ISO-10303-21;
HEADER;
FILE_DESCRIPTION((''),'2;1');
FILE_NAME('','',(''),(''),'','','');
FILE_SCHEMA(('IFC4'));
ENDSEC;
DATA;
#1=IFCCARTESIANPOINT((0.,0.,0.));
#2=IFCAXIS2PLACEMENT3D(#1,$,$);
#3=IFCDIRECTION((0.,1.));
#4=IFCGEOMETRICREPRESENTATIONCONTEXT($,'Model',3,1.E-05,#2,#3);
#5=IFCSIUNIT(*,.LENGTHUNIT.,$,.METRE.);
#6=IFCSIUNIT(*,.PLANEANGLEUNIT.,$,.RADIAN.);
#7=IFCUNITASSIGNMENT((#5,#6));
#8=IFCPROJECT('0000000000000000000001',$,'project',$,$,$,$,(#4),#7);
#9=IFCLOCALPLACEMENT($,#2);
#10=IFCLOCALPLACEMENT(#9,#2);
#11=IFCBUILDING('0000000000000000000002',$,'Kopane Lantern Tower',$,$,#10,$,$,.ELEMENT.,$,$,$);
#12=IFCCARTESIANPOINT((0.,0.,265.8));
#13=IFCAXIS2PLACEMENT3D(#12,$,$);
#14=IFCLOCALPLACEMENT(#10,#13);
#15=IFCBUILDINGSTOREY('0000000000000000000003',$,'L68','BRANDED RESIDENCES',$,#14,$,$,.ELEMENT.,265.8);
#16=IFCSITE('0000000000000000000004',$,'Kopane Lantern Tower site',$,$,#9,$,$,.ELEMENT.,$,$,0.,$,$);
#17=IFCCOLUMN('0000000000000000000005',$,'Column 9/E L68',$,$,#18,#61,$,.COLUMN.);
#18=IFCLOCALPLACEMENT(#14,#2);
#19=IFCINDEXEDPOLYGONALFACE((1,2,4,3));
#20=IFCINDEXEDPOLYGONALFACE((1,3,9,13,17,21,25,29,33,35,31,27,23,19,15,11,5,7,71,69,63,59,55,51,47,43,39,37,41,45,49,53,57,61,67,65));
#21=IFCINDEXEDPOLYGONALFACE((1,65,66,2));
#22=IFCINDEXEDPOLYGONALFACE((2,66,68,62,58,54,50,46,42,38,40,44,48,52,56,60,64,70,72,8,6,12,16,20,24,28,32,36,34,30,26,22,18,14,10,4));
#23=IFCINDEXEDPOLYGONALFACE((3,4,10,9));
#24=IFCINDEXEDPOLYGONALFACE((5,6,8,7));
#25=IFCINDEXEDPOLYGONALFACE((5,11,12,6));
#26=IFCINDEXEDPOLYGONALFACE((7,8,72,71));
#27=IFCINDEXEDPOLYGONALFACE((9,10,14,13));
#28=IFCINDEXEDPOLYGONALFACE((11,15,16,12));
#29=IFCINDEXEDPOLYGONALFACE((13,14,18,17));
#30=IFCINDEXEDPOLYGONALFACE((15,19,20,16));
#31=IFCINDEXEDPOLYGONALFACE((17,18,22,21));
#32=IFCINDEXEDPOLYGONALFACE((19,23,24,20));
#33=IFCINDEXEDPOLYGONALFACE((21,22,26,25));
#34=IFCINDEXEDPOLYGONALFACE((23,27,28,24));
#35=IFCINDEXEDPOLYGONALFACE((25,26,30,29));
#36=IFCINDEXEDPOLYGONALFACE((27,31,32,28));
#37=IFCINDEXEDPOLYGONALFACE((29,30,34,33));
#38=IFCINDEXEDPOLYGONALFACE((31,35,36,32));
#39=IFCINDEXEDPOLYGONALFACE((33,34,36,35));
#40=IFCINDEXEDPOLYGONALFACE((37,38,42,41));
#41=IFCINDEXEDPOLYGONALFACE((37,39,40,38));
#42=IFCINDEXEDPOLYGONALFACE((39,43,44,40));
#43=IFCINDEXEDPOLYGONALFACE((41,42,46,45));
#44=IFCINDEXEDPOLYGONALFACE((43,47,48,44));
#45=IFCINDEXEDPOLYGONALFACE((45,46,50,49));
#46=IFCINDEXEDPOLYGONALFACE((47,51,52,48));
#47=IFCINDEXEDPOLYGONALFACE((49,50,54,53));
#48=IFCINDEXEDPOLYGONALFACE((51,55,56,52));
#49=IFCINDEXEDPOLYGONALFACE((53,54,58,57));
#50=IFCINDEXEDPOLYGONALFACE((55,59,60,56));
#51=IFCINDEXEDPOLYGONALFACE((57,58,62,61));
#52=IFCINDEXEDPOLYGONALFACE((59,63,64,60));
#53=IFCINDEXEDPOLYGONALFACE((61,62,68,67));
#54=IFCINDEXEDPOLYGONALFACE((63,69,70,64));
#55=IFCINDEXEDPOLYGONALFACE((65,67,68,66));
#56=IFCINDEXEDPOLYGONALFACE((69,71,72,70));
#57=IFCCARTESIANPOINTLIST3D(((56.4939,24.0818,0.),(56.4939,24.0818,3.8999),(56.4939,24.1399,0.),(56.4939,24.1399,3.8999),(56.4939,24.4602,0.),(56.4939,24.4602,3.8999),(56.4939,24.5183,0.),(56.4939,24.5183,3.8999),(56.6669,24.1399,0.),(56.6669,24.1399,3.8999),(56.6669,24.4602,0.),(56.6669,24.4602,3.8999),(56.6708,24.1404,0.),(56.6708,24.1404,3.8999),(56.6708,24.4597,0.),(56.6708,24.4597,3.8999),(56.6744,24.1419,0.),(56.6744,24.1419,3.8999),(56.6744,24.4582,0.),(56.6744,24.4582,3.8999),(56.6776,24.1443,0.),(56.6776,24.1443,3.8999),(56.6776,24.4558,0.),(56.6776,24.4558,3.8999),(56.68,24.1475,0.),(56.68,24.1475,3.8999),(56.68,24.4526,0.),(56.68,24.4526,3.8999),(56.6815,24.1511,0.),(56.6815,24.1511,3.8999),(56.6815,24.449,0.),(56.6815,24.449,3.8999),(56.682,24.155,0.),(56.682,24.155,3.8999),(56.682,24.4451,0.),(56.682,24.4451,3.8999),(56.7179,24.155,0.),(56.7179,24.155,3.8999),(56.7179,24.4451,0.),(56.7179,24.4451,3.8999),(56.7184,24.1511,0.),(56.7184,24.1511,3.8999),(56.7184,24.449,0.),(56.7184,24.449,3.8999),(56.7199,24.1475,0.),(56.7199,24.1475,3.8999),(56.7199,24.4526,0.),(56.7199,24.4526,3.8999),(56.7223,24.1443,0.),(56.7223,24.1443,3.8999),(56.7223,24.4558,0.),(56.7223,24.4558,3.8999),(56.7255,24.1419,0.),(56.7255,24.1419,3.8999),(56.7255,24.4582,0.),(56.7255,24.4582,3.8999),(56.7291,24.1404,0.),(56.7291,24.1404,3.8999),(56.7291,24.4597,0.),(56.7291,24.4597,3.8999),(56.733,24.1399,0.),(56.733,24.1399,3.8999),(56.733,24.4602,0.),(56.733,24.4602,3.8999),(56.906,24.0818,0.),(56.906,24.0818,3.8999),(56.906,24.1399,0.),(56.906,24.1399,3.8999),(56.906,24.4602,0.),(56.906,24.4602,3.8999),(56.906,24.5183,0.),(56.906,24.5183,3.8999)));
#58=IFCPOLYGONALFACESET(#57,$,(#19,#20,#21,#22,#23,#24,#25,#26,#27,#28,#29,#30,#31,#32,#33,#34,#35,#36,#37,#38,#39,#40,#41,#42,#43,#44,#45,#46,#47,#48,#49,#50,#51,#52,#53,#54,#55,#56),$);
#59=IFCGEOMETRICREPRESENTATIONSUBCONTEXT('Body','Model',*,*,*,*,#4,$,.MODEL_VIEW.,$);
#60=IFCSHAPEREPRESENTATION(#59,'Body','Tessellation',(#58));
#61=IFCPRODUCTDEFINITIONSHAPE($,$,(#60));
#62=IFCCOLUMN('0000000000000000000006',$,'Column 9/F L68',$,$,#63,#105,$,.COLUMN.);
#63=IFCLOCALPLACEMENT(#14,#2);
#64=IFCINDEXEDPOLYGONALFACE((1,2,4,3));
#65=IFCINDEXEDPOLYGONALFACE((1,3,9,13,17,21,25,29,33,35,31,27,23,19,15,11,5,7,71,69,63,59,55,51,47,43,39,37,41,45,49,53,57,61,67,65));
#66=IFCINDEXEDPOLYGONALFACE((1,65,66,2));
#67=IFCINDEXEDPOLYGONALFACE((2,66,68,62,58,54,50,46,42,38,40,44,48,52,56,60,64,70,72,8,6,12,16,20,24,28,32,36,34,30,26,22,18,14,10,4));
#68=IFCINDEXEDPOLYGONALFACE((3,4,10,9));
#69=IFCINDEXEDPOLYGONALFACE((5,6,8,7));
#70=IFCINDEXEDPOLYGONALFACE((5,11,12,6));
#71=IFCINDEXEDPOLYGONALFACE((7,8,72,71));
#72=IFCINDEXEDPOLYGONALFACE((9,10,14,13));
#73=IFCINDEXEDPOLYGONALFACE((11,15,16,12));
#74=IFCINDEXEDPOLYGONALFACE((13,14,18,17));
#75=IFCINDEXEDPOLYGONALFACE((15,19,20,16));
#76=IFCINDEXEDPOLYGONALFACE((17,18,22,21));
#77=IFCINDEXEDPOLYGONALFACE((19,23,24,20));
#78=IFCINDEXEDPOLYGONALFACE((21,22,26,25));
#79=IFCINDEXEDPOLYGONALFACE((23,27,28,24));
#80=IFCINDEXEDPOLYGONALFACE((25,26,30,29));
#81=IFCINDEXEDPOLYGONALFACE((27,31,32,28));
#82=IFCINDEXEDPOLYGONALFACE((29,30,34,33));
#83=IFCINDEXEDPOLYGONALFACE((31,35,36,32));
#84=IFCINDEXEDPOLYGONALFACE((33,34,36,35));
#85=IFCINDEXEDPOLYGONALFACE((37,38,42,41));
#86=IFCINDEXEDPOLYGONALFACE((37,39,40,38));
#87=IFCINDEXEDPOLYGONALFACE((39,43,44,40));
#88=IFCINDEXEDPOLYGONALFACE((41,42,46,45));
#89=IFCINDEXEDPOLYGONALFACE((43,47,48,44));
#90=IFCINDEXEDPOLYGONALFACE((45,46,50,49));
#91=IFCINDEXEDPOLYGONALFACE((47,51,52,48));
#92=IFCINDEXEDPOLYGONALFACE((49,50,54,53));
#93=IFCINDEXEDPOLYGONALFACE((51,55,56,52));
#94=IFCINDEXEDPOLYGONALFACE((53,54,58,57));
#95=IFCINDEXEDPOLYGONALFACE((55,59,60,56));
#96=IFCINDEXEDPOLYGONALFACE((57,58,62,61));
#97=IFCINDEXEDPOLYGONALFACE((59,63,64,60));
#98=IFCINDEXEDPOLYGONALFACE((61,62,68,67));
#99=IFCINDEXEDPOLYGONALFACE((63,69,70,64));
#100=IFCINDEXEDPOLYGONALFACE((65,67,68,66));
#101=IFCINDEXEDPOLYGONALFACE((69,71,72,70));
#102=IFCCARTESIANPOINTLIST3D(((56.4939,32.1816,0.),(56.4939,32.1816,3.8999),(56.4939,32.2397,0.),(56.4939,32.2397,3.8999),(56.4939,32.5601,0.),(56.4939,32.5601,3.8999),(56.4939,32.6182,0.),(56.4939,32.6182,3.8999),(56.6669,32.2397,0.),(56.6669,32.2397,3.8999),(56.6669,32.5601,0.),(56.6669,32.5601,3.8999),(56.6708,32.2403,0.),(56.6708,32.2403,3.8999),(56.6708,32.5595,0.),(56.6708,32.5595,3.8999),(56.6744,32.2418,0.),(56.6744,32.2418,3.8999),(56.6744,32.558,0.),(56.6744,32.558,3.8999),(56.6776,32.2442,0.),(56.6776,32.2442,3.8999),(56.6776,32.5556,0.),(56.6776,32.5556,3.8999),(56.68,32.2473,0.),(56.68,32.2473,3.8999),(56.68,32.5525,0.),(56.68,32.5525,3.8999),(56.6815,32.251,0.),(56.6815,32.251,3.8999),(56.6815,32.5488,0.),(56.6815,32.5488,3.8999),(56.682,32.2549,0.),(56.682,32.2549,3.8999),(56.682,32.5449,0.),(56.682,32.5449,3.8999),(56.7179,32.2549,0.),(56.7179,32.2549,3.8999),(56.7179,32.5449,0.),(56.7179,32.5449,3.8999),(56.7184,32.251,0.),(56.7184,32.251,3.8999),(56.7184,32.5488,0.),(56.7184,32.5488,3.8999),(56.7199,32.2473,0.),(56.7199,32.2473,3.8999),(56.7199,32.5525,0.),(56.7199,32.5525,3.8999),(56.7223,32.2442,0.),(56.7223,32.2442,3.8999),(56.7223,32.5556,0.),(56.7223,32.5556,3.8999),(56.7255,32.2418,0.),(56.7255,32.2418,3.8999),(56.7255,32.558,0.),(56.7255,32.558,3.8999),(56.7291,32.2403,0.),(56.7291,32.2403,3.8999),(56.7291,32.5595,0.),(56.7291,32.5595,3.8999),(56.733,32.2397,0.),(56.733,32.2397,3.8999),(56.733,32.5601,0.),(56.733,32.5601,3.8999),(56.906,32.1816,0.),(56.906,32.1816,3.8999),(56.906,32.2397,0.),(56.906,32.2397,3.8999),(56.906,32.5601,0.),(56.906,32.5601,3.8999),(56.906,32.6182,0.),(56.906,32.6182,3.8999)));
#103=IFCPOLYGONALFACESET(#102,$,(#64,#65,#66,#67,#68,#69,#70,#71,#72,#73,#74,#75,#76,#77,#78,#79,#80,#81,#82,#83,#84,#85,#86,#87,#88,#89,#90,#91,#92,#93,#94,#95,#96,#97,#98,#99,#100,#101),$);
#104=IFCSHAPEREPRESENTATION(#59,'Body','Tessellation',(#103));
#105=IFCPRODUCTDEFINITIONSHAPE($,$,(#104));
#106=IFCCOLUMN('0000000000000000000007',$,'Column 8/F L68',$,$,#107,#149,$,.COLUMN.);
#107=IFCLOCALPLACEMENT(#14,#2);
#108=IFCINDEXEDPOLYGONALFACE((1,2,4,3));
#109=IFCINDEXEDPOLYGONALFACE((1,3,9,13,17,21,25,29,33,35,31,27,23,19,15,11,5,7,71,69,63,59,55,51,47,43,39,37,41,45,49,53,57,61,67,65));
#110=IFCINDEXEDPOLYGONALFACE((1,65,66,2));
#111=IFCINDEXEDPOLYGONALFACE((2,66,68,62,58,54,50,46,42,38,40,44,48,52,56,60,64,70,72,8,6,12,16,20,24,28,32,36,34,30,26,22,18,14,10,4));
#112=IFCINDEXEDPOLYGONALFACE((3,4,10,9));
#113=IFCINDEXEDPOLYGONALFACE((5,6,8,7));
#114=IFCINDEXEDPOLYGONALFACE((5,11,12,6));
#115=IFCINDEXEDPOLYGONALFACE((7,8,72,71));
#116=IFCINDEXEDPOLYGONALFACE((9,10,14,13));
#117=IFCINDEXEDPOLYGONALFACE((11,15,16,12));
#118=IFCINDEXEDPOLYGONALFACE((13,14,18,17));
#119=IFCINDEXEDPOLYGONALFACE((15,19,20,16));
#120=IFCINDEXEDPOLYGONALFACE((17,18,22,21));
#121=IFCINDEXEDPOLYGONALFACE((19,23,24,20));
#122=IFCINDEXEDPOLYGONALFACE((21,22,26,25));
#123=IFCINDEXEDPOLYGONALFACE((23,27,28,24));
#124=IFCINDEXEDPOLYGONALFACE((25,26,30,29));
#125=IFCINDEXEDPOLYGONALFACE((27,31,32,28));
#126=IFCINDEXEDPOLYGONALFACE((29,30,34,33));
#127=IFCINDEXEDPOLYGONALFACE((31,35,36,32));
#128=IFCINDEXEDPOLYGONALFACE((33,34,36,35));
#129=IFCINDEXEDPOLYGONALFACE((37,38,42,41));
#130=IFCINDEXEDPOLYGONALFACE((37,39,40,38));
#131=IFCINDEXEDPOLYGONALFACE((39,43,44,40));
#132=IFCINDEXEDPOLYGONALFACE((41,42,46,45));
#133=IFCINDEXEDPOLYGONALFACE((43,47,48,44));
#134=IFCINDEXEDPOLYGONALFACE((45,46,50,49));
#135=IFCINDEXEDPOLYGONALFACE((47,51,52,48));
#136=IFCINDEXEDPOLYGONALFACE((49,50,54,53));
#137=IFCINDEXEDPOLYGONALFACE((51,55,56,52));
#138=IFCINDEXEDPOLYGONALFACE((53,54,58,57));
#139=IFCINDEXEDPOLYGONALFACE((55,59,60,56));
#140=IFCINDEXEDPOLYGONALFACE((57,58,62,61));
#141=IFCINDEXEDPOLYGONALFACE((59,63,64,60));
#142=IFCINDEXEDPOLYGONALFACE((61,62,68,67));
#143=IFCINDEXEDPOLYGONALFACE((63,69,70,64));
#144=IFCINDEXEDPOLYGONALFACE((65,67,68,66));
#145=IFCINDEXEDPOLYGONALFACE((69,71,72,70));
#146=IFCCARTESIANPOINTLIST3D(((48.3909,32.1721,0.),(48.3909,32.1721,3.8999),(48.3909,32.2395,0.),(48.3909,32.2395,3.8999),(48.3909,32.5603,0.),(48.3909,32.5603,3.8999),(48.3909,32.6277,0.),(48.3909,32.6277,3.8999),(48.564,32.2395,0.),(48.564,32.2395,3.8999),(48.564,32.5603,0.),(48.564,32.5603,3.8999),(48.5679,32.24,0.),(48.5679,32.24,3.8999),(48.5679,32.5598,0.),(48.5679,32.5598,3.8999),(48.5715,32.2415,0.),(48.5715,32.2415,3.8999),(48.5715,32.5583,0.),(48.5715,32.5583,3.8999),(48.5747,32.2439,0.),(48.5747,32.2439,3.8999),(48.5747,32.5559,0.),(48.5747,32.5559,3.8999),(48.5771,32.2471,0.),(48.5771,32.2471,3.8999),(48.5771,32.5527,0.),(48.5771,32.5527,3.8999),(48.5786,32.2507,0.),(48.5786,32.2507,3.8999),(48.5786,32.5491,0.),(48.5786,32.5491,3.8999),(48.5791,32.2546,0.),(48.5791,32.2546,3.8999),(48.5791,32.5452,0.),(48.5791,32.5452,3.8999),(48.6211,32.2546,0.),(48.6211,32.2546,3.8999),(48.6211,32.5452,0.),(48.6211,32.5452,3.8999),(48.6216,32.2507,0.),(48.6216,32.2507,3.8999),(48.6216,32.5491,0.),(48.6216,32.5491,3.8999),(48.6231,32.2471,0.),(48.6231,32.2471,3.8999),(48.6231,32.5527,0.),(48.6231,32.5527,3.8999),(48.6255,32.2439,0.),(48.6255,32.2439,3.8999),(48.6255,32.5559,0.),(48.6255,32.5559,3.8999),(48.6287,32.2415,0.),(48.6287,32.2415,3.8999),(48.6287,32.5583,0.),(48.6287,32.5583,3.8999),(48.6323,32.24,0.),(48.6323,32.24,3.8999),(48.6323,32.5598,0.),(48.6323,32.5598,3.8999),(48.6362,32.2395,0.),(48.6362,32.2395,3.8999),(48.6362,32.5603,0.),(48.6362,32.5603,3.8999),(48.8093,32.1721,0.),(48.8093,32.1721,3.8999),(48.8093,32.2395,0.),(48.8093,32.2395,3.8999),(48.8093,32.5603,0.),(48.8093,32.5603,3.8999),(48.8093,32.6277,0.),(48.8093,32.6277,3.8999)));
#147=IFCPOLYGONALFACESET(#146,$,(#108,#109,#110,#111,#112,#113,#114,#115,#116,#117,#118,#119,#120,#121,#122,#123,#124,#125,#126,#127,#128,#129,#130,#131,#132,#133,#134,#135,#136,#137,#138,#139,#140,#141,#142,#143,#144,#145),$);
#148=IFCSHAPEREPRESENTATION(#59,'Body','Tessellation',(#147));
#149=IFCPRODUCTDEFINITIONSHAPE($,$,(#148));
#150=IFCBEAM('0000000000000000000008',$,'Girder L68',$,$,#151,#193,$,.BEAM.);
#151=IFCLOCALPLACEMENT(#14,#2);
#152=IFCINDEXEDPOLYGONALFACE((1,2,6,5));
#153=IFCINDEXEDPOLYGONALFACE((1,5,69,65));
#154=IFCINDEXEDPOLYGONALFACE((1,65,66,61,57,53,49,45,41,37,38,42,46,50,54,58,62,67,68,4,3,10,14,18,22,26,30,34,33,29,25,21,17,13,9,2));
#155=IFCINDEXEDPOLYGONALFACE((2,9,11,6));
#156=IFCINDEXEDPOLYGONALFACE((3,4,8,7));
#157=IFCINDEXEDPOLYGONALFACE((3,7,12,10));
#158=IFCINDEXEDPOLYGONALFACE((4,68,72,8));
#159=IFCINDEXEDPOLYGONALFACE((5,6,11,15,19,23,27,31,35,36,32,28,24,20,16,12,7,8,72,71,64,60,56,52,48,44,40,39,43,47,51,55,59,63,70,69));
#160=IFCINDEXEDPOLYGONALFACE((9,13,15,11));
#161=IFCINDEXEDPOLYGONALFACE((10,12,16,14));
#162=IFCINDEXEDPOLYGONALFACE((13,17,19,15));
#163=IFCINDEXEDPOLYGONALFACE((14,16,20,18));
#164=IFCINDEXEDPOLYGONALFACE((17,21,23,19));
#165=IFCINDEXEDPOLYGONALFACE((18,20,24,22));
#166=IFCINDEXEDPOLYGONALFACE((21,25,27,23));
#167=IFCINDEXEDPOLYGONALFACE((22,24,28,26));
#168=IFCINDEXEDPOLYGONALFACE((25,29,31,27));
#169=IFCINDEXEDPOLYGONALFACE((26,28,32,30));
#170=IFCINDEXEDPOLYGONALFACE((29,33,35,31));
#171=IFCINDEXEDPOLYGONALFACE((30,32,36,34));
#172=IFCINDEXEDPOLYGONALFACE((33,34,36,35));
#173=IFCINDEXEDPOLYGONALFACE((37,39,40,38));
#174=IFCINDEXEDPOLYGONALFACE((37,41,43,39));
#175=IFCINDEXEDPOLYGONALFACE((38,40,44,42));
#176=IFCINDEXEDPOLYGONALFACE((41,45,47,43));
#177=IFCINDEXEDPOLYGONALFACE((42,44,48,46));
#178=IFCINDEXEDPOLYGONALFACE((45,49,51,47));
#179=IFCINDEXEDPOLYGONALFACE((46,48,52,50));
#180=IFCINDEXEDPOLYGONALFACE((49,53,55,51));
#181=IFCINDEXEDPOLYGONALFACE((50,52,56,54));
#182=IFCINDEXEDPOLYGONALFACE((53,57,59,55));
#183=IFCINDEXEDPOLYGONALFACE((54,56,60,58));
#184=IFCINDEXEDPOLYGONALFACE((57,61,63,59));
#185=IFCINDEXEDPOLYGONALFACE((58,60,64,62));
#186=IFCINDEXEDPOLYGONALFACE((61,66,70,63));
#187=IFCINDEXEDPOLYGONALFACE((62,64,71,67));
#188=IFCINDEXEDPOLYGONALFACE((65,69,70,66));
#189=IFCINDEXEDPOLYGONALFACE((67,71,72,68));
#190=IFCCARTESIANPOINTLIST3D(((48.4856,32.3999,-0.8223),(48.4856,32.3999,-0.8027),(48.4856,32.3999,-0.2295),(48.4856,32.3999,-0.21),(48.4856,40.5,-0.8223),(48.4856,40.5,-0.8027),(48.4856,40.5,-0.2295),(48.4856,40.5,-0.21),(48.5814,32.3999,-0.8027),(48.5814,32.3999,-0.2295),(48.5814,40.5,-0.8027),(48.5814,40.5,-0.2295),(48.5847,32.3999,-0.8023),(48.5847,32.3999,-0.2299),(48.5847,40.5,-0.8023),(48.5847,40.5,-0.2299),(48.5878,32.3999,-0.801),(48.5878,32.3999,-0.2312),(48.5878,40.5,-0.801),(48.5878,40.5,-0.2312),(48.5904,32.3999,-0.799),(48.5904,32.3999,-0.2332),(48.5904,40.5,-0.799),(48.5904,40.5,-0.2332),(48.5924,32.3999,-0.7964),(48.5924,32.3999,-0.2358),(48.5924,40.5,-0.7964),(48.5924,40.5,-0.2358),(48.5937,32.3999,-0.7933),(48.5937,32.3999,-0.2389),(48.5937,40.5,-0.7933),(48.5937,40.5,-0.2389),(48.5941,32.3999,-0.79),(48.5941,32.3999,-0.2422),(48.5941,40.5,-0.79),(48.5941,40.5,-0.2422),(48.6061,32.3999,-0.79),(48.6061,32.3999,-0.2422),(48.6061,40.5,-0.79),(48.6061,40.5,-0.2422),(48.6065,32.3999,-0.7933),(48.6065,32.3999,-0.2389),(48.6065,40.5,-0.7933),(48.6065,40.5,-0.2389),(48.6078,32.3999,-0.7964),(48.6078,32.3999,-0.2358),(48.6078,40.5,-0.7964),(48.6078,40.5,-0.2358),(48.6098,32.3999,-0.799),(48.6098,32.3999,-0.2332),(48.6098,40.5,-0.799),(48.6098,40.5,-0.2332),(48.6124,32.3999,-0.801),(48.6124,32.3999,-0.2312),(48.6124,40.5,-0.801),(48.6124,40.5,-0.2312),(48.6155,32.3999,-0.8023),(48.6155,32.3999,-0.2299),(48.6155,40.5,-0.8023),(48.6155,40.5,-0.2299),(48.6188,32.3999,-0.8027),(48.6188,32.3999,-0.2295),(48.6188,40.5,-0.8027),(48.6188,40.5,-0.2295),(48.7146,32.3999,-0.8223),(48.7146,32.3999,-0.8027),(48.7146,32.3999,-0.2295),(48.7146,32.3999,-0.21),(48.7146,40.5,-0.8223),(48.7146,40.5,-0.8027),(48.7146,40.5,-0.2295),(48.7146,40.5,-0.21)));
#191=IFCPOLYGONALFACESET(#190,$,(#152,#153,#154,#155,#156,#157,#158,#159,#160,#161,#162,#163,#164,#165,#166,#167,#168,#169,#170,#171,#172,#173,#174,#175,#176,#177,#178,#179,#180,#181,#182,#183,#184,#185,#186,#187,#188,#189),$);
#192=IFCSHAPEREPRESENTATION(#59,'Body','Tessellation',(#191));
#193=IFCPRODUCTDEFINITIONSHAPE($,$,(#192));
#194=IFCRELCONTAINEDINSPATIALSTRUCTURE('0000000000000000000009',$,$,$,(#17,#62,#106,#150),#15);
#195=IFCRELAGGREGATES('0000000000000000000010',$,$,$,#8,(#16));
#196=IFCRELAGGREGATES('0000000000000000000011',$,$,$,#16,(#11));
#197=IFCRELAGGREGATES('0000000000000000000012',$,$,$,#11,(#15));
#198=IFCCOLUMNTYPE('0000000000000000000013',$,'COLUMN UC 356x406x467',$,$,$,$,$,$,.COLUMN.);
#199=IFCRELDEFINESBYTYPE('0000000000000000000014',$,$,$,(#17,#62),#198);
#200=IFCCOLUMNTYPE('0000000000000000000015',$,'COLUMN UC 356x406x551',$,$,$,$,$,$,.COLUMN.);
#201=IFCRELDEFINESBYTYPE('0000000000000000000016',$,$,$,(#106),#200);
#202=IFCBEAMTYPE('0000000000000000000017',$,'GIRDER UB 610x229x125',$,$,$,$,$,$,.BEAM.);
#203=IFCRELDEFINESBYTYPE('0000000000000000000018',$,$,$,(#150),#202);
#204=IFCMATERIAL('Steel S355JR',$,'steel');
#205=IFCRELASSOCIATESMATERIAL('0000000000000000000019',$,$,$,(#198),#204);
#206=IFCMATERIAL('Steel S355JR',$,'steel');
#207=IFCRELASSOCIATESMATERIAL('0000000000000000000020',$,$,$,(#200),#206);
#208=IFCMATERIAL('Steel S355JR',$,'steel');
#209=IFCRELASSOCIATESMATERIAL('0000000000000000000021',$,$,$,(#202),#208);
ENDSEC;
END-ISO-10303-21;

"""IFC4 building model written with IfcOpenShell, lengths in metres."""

from ifc_helpers import new_model, si_unit, direction, frame, origin, origin_2d, place, context, subcontext, project, spatial, i_section, extrude, material, material_profile, profile_set, type_object, element, save


model = new_model("IFC4")

# Units and contexts
model_context = context("Model", 3, precision=1e-05, world=origin(), true_north=direction((0.0, 1.0)))
body_context = subcontext(model_context, "Body", "Model", "MODEL_VIEW")
ifc_project = project(units=[si_unit("LENGTHUNIT", "METRE"), si_unit("PLANEANGLEUNIT", "RADIAN")], contexts=[model_context])

# Site, building, storey
site_placement = place(None, origin())
site = spatial("IfcSite", under=ifc_project, at=site_placement, Name="Kopane Lantern Tower site", CompositionType="ELEMENT", RefElevation=0.0)
building_placement = place(site_placement, origin())
building = spatial("IfcBuilding", under=site, at=building_placement, Name="Kopane Lantern Tower", CompositionType="ELEMENT")
storey_placement = place(building_placement, frame((0.0, 0.0, 265.8)))
storey = spatial("IfcBuildingStorey", under=building, at=storey_placement, Name="L68", Description="BRANDED RESIDENCES", CompositionType="ELEMENT", Elevation=265.8)

# Columns
ifc_material_1 = material(Name="Steel S355JR", Category="steel")
ifc_material_profile_1 = material_profile(ifc_material_1, i_section(OverallWidth=0.4121, OverallDepth=0.4365, WebThickness=0.0359, FlangeThickness=0.0581, FilletRadius=0.0151, at=origin_2d()), Name="UC 356x406x467")
ifc_profile_set_1 = profile_set([ifc_material_profile_1], Name="Steel S355JR")
column_type_1 = type_object("IfcColumnType", Name="COLUMN UC 356x406x467", PredefinedType="COLUMN", material=ifc_profile_set_1)
for number, where, z_axis, x_axis, name in (
    (1, (56.7, 24.3, 0.0), (0.0, 0.0, 1.0), (1.0, 0.0, 0.0), "Column 9/E L68"),
    (2, (56.7, 32.3999, 0.0), (0.0, 0.0, 1.0), (1.0, 0.0, 0.0), "Column 9/F L68"),
):
    element("IfcColumn", number, at=place(storey_placement, frame(where, z_axis=z_axis, x_axis=x_axis)), inside=storey, type_object=column_type_1, Name=name, PredefinedType="COLUMN", context=body_context, shape_type="SweptSolid", body=[
        extrude(i_section(OverallWidth=0.4121, OverallDepth=0.4365, WebThickness=0.0359, FlangeThickness=0.0581, FilletRadius=0.0151, at=origin_2d()), origin(), (0.0, 0.0, 1.0), 3.8999),
    ])
ifc_material_2 = material(Name="Steel S355JR", Category="steel")
ifc_material_profile_2 = material_profile(ifc_material_2, i_section(OverallWidth=0.4185, OverallDepth=0.4556, WebThickness=0.042, FlangeThickness=0.0674, FilletRadius=0.0151, at=origin_2d()), Name="UC 356x406x551")
ifc_profile_set_2 = profile_set([ifc_material_profile_2], Name="Steel S355JR")
column_type_2 = type_object("IfcColumnType", Name="COLUMN UC 356x406x551", PredefinedType="COLUMN", material=ifc_profile_set_2)
column_placement = place(storey_placement, frame((48.6001, 32.3999, 0.0), z_axis=(0.0, 0.0, 1.0), x_axis=(1.0, 0.0, 0.0)))
element("IfcColumn", 3, at=column_placement, inside=storey, type_object=column_type_2, Name="Column 8/F L68", PredefinedType="COLUMN", context=body_context, shape_type="SweptSolid", body=[
    extrude(i_section(OverallWidth=0.4185, OverallDepth=0.4556, WebThickness=0.042, FlangeThickness=0.0674, FilletRadius=0.0151, at=origin_2d()), origin(), (0.0, 0.0, 1.0), 3.8999),
])

# Beam
ifc_material_3 = material(Name="Steel S355JR", Category="steel")
ifc_material_profile_3 = material_profile(ifc_material_3, i_section(OverallWidth=0.229, OverallDepth=0.6123, WebThickness=0.012, FlangeThickness=0.0195, FilletRadius=0.0127, at=origin_2d()), Name="UB 610x229x125")
ifc_profile_set_3 = profile_set([ifc_material_profile_3], Name="Steel S355JR")
beam_type = type_object("IfcBeamType", Name="GIRDER UB 610x229x125", PredefinedType="BEAM", material=ifc_profile_set_3)
beam_1_placement = place(storey_placement, frame((48.6001, 32.3999, -0.5161), z_axis=(0.0, 1.0, 0.0), x_axis=(-1.0, 0.0, 0.0)))
element("IfcBeam", 4, at=beam_1_placement, inside=storey, type_object=beam_type, Name="Girder L68", PredefinedType="BEAM", context=body_context, shape_type="SweptSolid", body=[
    extrude(i_section(OverallWidth=0.229, OverallDepth=0.6123, WebThickness=0.012, FlangeThickness=0.0195, FilletRadius=0.0127, at=origin_2d()), origin(), (0.0, 0.0, 1.0), 8.1001),
])

save(model, "model.ifc")
